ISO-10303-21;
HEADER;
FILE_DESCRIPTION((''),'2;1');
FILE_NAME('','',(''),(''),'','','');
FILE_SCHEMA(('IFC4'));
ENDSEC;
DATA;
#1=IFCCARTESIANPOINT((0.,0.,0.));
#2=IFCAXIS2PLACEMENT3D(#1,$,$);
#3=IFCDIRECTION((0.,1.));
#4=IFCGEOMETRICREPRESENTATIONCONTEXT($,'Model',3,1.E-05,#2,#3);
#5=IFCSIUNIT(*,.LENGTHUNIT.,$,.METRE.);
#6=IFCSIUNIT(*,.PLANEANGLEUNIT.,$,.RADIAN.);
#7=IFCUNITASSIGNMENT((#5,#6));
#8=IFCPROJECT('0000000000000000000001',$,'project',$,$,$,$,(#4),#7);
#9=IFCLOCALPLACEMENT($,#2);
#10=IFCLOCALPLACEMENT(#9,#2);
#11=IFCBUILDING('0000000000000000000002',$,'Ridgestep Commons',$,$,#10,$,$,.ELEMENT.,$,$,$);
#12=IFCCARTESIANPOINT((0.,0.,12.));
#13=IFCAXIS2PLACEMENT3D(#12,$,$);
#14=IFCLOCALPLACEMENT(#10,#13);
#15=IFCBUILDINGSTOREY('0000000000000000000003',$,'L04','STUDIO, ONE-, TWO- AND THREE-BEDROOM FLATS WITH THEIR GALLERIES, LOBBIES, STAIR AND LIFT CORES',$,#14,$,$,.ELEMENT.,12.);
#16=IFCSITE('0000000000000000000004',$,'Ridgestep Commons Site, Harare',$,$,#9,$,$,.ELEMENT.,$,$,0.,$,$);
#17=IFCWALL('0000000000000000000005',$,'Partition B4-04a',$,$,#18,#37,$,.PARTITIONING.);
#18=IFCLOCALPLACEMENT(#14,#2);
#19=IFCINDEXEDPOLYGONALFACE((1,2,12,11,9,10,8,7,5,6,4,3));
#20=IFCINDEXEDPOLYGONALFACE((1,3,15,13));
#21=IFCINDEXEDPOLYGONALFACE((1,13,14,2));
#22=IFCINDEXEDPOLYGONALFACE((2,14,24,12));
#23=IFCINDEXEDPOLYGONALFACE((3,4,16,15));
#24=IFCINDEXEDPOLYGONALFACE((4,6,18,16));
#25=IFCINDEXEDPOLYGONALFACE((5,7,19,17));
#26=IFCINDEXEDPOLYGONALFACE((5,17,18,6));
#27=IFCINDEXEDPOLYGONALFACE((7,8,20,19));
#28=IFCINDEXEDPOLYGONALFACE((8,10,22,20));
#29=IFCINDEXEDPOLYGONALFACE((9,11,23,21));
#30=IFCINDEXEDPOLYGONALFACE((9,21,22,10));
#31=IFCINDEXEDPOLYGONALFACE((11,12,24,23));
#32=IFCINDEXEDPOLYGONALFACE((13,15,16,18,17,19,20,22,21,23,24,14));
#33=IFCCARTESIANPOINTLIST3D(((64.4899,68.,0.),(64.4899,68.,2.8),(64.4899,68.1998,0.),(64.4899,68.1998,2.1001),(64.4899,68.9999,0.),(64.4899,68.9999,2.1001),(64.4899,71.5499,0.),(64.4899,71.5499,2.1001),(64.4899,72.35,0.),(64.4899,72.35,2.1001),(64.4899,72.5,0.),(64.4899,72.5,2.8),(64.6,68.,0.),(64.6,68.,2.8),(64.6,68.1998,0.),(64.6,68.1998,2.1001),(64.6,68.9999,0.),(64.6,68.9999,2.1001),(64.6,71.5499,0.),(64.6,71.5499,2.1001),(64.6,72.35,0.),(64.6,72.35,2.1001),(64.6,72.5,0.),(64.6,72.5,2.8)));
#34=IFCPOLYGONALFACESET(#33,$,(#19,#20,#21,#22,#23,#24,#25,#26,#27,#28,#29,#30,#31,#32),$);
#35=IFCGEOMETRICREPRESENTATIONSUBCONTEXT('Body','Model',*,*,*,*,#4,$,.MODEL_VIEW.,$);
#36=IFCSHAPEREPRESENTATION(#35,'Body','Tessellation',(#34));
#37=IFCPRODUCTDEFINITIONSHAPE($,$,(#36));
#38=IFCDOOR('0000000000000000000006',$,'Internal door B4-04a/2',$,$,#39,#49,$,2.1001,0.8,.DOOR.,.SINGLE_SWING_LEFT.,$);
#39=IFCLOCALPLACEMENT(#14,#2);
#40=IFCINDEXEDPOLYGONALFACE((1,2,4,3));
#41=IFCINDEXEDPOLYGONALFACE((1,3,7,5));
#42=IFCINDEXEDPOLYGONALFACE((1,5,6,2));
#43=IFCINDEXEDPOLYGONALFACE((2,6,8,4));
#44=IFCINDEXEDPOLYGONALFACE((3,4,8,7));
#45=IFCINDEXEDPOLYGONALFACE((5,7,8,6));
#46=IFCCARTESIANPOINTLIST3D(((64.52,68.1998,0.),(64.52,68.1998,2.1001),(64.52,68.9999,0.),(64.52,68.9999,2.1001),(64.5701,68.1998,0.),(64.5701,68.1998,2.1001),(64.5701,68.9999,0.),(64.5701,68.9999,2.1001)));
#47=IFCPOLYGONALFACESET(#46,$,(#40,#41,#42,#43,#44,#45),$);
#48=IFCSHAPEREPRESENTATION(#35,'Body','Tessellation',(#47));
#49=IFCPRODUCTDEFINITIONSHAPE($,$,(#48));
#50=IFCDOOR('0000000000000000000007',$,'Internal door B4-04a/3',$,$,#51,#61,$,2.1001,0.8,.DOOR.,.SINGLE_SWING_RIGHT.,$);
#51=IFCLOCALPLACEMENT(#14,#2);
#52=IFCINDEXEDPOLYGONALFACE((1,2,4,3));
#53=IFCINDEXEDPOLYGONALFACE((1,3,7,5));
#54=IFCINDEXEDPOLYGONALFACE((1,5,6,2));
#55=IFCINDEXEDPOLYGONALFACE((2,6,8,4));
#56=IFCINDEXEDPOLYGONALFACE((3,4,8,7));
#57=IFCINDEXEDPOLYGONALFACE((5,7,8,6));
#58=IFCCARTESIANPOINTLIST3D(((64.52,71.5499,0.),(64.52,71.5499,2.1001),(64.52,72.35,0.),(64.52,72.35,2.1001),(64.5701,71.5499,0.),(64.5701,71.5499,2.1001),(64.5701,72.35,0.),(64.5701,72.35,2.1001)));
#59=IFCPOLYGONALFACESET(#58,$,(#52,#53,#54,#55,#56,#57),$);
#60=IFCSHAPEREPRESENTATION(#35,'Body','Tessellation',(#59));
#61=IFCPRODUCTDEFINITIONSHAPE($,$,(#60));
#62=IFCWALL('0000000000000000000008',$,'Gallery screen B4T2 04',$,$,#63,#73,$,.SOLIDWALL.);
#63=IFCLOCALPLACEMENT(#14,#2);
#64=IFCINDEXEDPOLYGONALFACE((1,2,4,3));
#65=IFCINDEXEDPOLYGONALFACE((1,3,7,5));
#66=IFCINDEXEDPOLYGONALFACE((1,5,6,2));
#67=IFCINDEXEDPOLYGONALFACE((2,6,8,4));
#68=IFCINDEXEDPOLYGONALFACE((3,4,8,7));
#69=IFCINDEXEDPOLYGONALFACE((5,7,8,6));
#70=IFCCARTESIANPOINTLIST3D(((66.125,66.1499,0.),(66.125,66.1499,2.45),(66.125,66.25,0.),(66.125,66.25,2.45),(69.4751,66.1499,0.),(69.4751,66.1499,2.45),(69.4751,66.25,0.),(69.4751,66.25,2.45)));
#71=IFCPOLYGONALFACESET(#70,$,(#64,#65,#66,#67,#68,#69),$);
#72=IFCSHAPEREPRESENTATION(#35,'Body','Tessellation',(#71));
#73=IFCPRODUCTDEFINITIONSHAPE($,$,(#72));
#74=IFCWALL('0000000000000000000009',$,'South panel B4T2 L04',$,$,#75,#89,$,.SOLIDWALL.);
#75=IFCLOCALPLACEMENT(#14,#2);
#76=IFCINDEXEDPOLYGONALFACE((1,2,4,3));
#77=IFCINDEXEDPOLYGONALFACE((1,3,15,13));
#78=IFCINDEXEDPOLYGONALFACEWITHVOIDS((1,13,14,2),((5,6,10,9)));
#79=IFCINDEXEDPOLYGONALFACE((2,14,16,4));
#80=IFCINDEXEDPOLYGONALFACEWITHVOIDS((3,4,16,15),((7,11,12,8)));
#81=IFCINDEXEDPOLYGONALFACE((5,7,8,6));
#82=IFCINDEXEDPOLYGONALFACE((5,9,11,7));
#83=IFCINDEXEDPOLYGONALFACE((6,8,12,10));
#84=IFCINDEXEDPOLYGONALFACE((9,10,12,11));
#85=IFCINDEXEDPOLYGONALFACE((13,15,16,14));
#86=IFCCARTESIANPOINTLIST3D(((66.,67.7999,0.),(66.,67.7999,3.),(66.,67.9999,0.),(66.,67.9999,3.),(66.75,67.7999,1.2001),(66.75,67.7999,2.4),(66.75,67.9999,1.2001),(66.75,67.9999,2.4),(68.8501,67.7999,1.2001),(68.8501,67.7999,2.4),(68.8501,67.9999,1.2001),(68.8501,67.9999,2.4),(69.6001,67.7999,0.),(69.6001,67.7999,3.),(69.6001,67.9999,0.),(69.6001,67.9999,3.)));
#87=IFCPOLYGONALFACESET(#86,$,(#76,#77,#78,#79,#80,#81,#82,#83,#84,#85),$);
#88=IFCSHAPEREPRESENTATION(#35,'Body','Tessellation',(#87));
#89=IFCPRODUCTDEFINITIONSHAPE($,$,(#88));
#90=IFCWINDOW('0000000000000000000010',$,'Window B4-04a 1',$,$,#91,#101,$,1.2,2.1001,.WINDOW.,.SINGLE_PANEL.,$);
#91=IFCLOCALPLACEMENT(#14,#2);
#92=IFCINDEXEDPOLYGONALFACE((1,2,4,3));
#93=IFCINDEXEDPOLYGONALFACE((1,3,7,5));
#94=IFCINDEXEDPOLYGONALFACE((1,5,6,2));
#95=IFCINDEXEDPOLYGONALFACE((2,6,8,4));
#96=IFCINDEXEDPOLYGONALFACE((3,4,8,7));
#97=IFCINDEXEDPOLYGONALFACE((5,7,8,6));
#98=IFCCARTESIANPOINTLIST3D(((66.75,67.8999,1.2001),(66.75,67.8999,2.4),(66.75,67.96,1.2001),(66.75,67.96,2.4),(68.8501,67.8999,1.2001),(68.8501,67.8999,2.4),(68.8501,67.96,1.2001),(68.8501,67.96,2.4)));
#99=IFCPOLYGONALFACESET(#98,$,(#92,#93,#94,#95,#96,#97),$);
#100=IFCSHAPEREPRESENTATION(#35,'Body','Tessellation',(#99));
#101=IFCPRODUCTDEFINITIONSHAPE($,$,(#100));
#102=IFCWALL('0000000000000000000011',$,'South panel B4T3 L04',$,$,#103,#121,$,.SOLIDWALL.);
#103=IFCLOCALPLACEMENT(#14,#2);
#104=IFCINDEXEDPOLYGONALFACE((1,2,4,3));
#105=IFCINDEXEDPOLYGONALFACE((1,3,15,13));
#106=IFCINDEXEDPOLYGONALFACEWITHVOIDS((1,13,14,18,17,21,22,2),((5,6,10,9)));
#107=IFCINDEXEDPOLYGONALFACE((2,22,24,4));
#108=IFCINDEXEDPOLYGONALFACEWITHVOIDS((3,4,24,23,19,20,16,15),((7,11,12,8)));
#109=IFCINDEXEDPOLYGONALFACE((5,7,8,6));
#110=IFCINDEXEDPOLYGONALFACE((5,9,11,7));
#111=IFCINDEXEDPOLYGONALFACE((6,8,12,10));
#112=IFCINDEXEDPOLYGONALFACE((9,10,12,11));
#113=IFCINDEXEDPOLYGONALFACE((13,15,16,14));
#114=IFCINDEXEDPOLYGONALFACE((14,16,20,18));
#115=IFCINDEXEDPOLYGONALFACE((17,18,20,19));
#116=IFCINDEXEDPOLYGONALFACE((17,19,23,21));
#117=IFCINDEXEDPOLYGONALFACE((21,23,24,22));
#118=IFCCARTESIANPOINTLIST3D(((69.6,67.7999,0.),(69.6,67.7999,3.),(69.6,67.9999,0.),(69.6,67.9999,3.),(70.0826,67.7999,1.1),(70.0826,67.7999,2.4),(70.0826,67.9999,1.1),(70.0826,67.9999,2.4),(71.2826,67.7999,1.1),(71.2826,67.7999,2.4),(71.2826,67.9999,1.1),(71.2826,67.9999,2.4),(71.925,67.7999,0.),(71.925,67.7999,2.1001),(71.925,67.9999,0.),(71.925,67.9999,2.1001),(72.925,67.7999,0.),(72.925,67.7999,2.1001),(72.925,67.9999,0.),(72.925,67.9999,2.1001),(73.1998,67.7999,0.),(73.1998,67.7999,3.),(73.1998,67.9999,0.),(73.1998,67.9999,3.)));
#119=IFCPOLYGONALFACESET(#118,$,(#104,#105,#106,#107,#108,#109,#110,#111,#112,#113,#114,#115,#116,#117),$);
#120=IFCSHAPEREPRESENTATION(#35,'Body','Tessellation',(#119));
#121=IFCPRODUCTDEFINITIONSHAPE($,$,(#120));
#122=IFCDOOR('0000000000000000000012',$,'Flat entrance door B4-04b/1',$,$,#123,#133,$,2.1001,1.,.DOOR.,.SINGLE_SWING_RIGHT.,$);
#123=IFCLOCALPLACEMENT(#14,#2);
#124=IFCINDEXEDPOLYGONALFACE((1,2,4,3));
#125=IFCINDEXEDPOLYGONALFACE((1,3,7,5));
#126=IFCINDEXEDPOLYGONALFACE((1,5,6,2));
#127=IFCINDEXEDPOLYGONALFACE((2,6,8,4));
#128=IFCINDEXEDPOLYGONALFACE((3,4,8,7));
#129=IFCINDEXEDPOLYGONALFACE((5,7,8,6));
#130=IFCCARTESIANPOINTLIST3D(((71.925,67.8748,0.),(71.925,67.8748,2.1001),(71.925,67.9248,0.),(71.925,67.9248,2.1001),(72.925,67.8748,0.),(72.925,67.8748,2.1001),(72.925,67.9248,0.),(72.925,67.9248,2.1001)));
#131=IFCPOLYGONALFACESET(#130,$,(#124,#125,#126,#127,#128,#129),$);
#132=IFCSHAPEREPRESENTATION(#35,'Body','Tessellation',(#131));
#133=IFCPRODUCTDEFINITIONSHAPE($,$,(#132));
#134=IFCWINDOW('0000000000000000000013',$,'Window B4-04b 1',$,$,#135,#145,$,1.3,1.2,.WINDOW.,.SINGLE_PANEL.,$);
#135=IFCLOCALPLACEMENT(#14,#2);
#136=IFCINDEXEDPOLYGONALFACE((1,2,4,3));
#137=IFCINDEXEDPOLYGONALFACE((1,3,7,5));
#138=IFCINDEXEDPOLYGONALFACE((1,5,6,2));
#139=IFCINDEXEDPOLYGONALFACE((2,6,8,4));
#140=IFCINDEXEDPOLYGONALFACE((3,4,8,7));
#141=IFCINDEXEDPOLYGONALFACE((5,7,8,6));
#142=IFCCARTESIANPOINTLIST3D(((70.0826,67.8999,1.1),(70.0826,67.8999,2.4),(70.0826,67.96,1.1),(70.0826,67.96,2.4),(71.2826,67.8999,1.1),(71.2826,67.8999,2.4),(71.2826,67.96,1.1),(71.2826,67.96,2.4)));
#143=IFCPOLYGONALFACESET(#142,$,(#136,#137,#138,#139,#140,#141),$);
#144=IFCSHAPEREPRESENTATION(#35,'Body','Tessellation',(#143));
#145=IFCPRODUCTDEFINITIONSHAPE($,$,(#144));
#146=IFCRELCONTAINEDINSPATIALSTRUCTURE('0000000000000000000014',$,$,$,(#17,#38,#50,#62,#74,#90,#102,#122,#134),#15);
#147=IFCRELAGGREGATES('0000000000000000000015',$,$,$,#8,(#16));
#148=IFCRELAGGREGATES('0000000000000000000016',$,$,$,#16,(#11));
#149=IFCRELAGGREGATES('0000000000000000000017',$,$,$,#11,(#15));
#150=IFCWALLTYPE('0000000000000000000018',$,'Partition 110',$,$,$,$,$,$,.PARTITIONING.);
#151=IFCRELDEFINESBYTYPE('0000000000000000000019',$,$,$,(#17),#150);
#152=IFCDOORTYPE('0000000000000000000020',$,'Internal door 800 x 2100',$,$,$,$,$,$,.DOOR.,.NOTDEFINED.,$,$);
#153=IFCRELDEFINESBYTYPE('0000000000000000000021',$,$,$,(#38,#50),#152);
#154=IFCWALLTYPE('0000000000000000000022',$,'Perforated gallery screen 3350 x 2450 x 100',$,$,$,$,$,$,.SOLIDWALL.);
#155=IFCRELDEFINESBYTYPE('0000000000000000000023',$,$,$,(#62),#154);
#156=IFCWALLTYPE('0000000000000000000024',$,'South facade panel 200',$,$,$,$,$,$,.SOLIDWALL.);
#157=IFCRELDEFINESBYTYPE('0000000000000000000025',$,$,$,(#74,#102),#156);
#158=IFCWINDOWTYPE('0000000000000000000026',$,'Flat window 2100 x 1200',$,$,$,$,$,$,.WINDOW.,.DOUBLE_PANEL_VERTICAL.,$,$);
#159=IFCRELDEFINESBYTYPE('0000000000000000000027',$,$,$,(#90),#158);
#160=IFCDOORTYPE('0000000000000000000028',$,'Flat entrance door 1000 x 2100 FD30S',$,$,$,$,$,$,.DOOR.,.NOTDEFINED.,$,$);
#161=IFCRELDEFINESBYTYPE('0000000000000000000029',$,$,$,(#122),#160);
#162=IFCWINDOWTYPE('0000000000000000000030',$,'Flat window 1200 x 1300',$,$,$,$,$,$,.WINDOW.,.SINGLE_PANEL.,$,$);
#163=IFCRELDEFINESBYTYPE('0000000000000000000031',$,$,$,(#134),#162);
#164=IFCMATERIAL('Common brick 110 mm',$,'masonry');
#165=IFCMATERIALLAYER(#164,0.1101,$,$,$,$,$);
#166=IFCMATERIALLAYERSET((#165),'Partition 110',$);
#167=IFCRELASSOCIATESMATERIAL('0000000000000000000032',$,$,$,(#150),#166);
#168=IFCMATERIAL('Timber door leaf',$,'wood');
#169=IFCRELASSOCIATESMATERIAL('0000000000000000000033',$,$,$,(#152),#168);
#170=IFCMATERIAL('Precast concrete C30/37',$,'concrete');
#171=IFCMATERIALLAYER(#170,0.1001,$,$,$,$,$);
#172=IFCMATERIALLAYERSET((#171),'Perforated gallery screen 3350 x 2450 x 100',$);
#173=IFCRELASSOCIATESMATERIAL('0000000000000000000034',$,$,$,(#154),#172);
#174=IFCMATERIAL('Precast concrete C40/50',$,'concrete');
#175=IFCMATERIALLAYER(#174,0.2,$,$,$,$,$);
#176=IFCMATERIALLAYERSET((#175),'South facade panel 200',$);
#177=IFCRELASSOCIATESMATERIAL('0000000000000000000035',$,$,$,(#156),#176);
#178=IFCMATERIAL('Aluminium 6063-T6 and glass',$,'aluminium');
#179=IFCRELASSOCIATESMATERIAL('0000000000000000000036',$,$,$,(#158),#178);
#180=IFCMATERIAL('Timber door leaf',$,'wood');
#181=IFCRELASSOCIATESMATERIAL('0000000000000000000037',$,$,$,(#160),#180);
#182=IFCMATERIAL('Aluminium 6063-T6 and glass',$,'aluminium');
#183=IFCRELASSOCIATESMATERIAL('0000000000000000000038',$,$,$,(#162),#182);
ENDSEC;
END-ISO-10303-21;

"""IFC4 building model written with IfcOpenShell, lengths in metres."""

from ifc_helpers import new_model, si_unit, direction, frame, frame_2d, origin, place, context, subcontext, project, spatial, rectangle, extrude, material, layer, layer_set, type_object, element, fill, save


model = new_model("IFC4")

# Units and contexts
model_context = context("Model", 3, precision=1e-05, world=origin(), true_north=direction((0.0, 1.0)))
body_context = subcontext(model_context, "Body", "Model", "MODEL_VIEW")
ifc_project = project(units=[si_unit("LENGTHUNIT", "METRE"), si_unit("PLANEANGLEUNIT", "RADIAN")], contexts=[model_context])

# Site, building, storey
site_placement = place(None, origin())
site = spatial("IfcSite", under=ifc_project, at=site_placement, Name="Ridgestep Commons Site, Harare", CompositionType="ELEMENT", RefElevation=0.0)
building_placement = place(site_placement, origin())
building = spatial("IfcBuilding", under=site, at=building_placement, Name="Ridgestep Commons", CompositionType="ELEMENT")
storey_placement = place(building_placement, frame((0.0, 0.0, 12.0)))
storey = spatial("IfcBuildingStorey", under=building, at=storey_placement, Name="L04", Description="STUDIO, ONE-, TWO- AND THREE-BEDROOM FLATS WITH THEIR GALLERIES, LOBBIES, STAIR AND LIFT CORES", CompositionType="ELEMENT", Elevation=12.0)

# Wall, openings, doors
ifc_material_1 = material(Name="Common brick 110 mm", Category="masonry")
ifc_layer_1 = layer(ifc_material_1, 0.1101)
ifc_layer_set_1 = layer_set([ifc_layer_1], Name="Partition 110")
wall_type_1 = type_object("IfcWallType", Name="Partition 110", PredefinedType="PARTITIONING", material=ifc_layer_set_1)
wall_1_placement = place(storey_placement, frame((64.5449, 68.0, 0.0), z_axis=(0.0, 0.0, 1.0), x_axis=(0.0, 1.0, 0.0)))
wall_1 = element("IfcWall", 1, at=wall_1_placement, inside=storey, type_object=wall_type_1, Name="Partition B4-04a", PredefinedType="PARTITIONING", context=body_context, shape_type="SweptSolid", body=[
    extrude(rectangle(XDim=4.5, YDim=0.1101, at=frame_2d((2.25, 0.0))), origin(), (0.0, 0.0, 1.0), 2.8),
])
opening_1_placement = place(wall_1_placement, frame((0.2, 0.0, 0.0)))
opening_1 = element("IfcOpeningElement", 2, at=opening_1_placement, cuts=wall_1, PredefinedType="OPENING", context=body_context, shape_type="SweptSolid", body=[
    extrude(rectangle(XDim=0.8, YDim=2.1001, at=frame_2d((0.3999, 1.05))), frame((0.0, 0.0649, 0.0), z_axis=(0.0, -1.0, 0.0), x_axis=(1.0, 0.0, 0.0)), (0.0, 0.0, 1.0), 0.1301),
])
opening_2_placement = place(wall_1_placement, frame((3.55, 0.0, 0.0)))
opening_2 = element("IfcOpeningElement", 3, at=opening_2_placement, cuts=wall_1, PredefinedType="OPENING", context=body_context, shape_type="SweptSolid", body=[
    extrude(rectangle(XDim=0.8, YDim=2.1001, at=frame_2d((0.3999, 1.05))), frame((0.0, 0.0649, 0.0), z_axis=(0.0, -1.0, 0.0), x_axis=(1.0, 0.0, 0.0)), (0.0, 0.0, 1.0), 0.1301),
])
ifc_material_2 = material(Name="Timber door leaf", Category="wood")
door_type_1 = type_object("IfcDoorType", Name="Internal door 800 x 2100", OperationType="NOTDEFINED", PredefinedType="DOOR", material=ifc_material_2)
door_1_placement = place(opening_1_placement, origin())
door_1 = element("IfcDoor", 4, at=door_1_placement, inside=storey, type_object=door_type_1, Name="Internal door B4-04a/2", OperationType="SINGLE_SWING_LEFT", OverallHeight=2.1001, OverallWidth=0.8, PredefinedType="DOOR", context=body_context, shape_type="SweptSolid", body=[
    extrude(rectangle(XDim=0.8, YDim=2.1001, at=frame_2d((0.3999, 1.05))), frame((0.0, 0.0249, 0.0), z_axis=(0.0, -1.0, 0.0), x_axis=(1.0, 0.0, 0.0)), (0.0, 0.0, 1.0), 0.05),
])
fill(opening_1, door_1)
door_2_placement = place(opening_2_placement, origin())
door_2 = element("IfcDoor", 5, at=door_2_placement, inside=storey, type_object=door_type_1, Name="Internal door B4-04a/3", OperationType="SINGLE_SWING_RIGHT", OverallHeight=2.1001, OverallWidth=0.8, PredefinedType="DOOR", context=body_context, shape_type="SweptSolid", body=[
    extrude(rectangle(XDim=0.8, YDim=2.1001, at=frame_2d((0.3999, 1.05))), frame((0.0, 0.0249, 0.0), z_axis=(0.0, -1.0, 0.0), x_axis=(1.0, 0.0, 0.0)), (0.0, 0.0, 1.0), 0.05),
])
fill(opening_2, door_2)

# Wall
ifc_material_3 = material(Name="Precast concrete C30/37", Category="concrete")
ifc_layer_2 = layer(ifc_material_3, 0.1001)
ifc_layer_set_2 = layer_set([ifc_layer_2], Name="Perforated gallery screen 3350 x 2450 x 100")
wall_type_2 = type_object("IfcWallType", Name="Perforated gallery screen 3350 x 2450 x 100", PredefinedType="SOLIDWALL", material=ifc_layer_set_2)
wall_2_placement = place(storey_placement, frame((66.125, 66.2, 0.0), z_axis=(0.0, 0.0, 1.0), x_axis=(1.0, 0.0, 0.0)))
element("IfcWall", 6, at=wall_2_placement, inside=storey, type_object=wall_type_2, Name="Gallery screen B4T2 04", PredefinedType="SOLIDWALL", context=body_context, shape_type="SweptSolid", body=[
    extrude(rectangle(XDim=3.3501, YDim=0.1001, at=frame_2d((1.675, 0.0))), origin(), (0.0, 0.0, 1.0), 2.45),
])

# Wall, opening, window
ifc_material_4 = material(Name="Precast concrete C40/50", Category="concrete")
ifc_layer_3 = layer(ifc_material_4, 0.2)
ifc_layer_set_3 = layer_set([ifc_layer_3], Name="South facade panel 200")
wall_type_3 = type_object("IfcWallType", Name="South facade panel 200", PredefinedType="SOLIDWALL", material=ifc_layer_set_3)
wall_3_placement = place(storey_placement, frame((66.0, 67.8999, 0.0), z_axis=(0.0, 0.0, 1.0), x_axis=(1.0, 0.0, 0.0)))
wall_3 = element("IfcWall", 7, at=wall_3_placement, inside=storey, type_object=wall_type_3, Name="South panel B4T2 L04", PredefinedType="SOLIDWALL", context=body_context, shape_type="SweptSolid", body=[
    extrude(rectangle(XDim=3.6001, YDim=0.2, at=frame_2d((1.8, 0.0))), origin(), (0.0, 0.0, 1.0), 3.0),
])
opening_3_placement = place(wall_3_placement, frame((0.75, 0.0, 1.2)))
opening_3 = element("IfcOpeningElement", 8, at=opening_3_placement, cuts=wall_3, PredefinedType="OPENING", context=body_context, shape_type="SweptSolid", body=[
    extrude(rectangle(XDim=2.1001, YDim=1.2, at=frame_2d((1.05, 0.6001))), frame((0.0, 0.1099, 0.0), z_axis=(0.0, -1.0, 0.0), x_axis=(1.0, 0.0, 0.0)), (0.0, 0.0, 1.0), 0.22),
])
ifc_material_5 = material(Name="Aluminium 6063-T6 and glass", Category="aluminium")
window_type_1 = type_object("IfcWindowType", Name="Flat window 2100 x 1200", PartitioningType="DOUBLE_PANEL_VERTICAL", PredefinedType="WINDOW", material=ifc_material_5)
window_1_placement = place(opening_3_placement, origin())
window_1 = element("IfcWindow", 9, at=window_1_placement, inside=storey, type_object=window_type_1, Name="Window B4-04a 1", OverallHeight=1.2, OverallWidth=2.1001, PartitioningType="SINGLE_PANEL", PredefinedType="WINDOW", context=body_context, shape_type="SweptSolid", body=[
    extrude(rectangle(XDim=2.1001, YDim=1.2, at=frame_2d((1.05, 0.6001))), frame((0.0, 0.0601, 0.0), z_axis=(0.0, -1.0, 0.0), x_axis=(1.0, 0.0, 0.0)), (0.0, 0.0, 1.0), 0.0601),
])
fill(opening_3, window_1)

# Wall, openings, door, window
wall_4_placement = place(storey_placement, frame((69.6001, 67.8999, 0.0), z_axis=(0.0, 0.0, 1.0), x_axis=(1.0, 0.0, 0.0)))
wall_4 = element("IfcWall", 10, at=wall_4_placement, inside=storey, type_object=wall_type_3, Name="South panel B4T3 L04", PredefinedType="SOLIDWALL", context=body_context, shape_type="SweptSolid", body=[
    extrude(rectangle(XDim=3.5999, YDim=0.2, at=frame_2d((1.7998, 0.0))), origin(), (0.0, 0.0, 1.0), 3.0),
])
opening_4_placement = place(wall_4_placement, frame((0.4824, 0.0, 1.1001)))
opening_4 = element("IfcOpeningElement", 11, at=opening_4_placement, cuts=wall_4, PredefinedType="OPENING", context=body_context, shape_type="SweptSolid", body=[
    extrude(rectangle(XDim=1.2, YDim=1.3, at=frame_2d((0.6001, 0.6499))), frame((0.0, 0.1099, 0.0), z_axis=(0.0, -1.0, 0.0), x_axis=(1.0, 0.0, 0.0)), (0.0, 0.0, 1.0), 0.22),
])
opening_5_placement = place(wall_4_placement, frame((2.325, 0.0, 0.0)))
opening_5 = element("IfcOpeningElement", 12, at=opening_5_placement, cuts=wall_4, PredefinedType="OPENING", context=body_context, shape_type="SweptSolid", body=[
    extrude(rectangle(XDim=1.0, YDim=2.1001, at=frame_2d((0.5, 1.05))), frame((0.0, 0.1099, 0.0), z_axis=(0.0, -1.0, 0.0), x_axis=(1.0, 0.0, 0.0)), (0.0, 0.0, 1.0), 0.22),
])
ifc_material_6 = material(Name="Timber door leaf", Category="wood")
door_type_2 = type_object("IfcDoorType", Name="Flat entrance door 1000 x 2100 FD30S", OperationType="NOTDEFINED", PredefinedType="DOOR", material=ifc_material_6)
door_3_placement = place(opening_5_placement, origin())
door_3 = element("IfcDoor", 13, at=door_3_placement, inside=storey, type_object=door_type_2, Name="Flat entrance door B4-04b/1", OperationType="SINGLE_SWING_RIGHT", OverallHeight=2.1001, OverallWidth=1.0, PredefinedType="DOOR", context=body_context, shape_type="SweptSolid", body=[
    extrude(rectangle(XDim=1.0, YDim=2.1001, at=frame_2d((0.5, 1.05))), frame((0.0, 0.0249, 0.0), z_axis=(0.0, -1.0, 0.0), x_axis=(1.0, 0.0, 0.0)), (0.0, 0.0, 1.0), 0.05),
])
fill(opening_5, door_3)
ifc_material_7 = material(Name="Aluminium 6063-T6 and glass", Category="aluminium")
window_type_2 = type_object("IfcWindowType", Name="Flat window 1200 x 1300", PartitioningType="SINGLE_PANEL", PredefinedType="WINDOW", material=ifc_material_7)
window_2_placement = place(opening_4_placement, origin())
window_2 = element("IfcWindow", 14, at=window_2_placement, inside=storey, type_object=window_type_2, Name="Window B4-04b 1", OverallHeight=1.3, OverallWidth=1.2, PartitioningType="SINGLE_PANEL", PredefinedType="WINDOW", context=body_context, shape_type="SweptSolid", body=[
    extrude(rectangle(XDim=1.2, YDim=1.3, at=frame_2d((0.6001, 0.6499))), frame((0.0, 0.0601, 0.0), z_axis=(0.0, -1.0, 0.0), x_axis=(1.0, 0.0, 0.0)), (0.0, 0.0, 1.0), 0.0601),
])
fill(opening_4, window_2)

save(model, "model.ifc")
